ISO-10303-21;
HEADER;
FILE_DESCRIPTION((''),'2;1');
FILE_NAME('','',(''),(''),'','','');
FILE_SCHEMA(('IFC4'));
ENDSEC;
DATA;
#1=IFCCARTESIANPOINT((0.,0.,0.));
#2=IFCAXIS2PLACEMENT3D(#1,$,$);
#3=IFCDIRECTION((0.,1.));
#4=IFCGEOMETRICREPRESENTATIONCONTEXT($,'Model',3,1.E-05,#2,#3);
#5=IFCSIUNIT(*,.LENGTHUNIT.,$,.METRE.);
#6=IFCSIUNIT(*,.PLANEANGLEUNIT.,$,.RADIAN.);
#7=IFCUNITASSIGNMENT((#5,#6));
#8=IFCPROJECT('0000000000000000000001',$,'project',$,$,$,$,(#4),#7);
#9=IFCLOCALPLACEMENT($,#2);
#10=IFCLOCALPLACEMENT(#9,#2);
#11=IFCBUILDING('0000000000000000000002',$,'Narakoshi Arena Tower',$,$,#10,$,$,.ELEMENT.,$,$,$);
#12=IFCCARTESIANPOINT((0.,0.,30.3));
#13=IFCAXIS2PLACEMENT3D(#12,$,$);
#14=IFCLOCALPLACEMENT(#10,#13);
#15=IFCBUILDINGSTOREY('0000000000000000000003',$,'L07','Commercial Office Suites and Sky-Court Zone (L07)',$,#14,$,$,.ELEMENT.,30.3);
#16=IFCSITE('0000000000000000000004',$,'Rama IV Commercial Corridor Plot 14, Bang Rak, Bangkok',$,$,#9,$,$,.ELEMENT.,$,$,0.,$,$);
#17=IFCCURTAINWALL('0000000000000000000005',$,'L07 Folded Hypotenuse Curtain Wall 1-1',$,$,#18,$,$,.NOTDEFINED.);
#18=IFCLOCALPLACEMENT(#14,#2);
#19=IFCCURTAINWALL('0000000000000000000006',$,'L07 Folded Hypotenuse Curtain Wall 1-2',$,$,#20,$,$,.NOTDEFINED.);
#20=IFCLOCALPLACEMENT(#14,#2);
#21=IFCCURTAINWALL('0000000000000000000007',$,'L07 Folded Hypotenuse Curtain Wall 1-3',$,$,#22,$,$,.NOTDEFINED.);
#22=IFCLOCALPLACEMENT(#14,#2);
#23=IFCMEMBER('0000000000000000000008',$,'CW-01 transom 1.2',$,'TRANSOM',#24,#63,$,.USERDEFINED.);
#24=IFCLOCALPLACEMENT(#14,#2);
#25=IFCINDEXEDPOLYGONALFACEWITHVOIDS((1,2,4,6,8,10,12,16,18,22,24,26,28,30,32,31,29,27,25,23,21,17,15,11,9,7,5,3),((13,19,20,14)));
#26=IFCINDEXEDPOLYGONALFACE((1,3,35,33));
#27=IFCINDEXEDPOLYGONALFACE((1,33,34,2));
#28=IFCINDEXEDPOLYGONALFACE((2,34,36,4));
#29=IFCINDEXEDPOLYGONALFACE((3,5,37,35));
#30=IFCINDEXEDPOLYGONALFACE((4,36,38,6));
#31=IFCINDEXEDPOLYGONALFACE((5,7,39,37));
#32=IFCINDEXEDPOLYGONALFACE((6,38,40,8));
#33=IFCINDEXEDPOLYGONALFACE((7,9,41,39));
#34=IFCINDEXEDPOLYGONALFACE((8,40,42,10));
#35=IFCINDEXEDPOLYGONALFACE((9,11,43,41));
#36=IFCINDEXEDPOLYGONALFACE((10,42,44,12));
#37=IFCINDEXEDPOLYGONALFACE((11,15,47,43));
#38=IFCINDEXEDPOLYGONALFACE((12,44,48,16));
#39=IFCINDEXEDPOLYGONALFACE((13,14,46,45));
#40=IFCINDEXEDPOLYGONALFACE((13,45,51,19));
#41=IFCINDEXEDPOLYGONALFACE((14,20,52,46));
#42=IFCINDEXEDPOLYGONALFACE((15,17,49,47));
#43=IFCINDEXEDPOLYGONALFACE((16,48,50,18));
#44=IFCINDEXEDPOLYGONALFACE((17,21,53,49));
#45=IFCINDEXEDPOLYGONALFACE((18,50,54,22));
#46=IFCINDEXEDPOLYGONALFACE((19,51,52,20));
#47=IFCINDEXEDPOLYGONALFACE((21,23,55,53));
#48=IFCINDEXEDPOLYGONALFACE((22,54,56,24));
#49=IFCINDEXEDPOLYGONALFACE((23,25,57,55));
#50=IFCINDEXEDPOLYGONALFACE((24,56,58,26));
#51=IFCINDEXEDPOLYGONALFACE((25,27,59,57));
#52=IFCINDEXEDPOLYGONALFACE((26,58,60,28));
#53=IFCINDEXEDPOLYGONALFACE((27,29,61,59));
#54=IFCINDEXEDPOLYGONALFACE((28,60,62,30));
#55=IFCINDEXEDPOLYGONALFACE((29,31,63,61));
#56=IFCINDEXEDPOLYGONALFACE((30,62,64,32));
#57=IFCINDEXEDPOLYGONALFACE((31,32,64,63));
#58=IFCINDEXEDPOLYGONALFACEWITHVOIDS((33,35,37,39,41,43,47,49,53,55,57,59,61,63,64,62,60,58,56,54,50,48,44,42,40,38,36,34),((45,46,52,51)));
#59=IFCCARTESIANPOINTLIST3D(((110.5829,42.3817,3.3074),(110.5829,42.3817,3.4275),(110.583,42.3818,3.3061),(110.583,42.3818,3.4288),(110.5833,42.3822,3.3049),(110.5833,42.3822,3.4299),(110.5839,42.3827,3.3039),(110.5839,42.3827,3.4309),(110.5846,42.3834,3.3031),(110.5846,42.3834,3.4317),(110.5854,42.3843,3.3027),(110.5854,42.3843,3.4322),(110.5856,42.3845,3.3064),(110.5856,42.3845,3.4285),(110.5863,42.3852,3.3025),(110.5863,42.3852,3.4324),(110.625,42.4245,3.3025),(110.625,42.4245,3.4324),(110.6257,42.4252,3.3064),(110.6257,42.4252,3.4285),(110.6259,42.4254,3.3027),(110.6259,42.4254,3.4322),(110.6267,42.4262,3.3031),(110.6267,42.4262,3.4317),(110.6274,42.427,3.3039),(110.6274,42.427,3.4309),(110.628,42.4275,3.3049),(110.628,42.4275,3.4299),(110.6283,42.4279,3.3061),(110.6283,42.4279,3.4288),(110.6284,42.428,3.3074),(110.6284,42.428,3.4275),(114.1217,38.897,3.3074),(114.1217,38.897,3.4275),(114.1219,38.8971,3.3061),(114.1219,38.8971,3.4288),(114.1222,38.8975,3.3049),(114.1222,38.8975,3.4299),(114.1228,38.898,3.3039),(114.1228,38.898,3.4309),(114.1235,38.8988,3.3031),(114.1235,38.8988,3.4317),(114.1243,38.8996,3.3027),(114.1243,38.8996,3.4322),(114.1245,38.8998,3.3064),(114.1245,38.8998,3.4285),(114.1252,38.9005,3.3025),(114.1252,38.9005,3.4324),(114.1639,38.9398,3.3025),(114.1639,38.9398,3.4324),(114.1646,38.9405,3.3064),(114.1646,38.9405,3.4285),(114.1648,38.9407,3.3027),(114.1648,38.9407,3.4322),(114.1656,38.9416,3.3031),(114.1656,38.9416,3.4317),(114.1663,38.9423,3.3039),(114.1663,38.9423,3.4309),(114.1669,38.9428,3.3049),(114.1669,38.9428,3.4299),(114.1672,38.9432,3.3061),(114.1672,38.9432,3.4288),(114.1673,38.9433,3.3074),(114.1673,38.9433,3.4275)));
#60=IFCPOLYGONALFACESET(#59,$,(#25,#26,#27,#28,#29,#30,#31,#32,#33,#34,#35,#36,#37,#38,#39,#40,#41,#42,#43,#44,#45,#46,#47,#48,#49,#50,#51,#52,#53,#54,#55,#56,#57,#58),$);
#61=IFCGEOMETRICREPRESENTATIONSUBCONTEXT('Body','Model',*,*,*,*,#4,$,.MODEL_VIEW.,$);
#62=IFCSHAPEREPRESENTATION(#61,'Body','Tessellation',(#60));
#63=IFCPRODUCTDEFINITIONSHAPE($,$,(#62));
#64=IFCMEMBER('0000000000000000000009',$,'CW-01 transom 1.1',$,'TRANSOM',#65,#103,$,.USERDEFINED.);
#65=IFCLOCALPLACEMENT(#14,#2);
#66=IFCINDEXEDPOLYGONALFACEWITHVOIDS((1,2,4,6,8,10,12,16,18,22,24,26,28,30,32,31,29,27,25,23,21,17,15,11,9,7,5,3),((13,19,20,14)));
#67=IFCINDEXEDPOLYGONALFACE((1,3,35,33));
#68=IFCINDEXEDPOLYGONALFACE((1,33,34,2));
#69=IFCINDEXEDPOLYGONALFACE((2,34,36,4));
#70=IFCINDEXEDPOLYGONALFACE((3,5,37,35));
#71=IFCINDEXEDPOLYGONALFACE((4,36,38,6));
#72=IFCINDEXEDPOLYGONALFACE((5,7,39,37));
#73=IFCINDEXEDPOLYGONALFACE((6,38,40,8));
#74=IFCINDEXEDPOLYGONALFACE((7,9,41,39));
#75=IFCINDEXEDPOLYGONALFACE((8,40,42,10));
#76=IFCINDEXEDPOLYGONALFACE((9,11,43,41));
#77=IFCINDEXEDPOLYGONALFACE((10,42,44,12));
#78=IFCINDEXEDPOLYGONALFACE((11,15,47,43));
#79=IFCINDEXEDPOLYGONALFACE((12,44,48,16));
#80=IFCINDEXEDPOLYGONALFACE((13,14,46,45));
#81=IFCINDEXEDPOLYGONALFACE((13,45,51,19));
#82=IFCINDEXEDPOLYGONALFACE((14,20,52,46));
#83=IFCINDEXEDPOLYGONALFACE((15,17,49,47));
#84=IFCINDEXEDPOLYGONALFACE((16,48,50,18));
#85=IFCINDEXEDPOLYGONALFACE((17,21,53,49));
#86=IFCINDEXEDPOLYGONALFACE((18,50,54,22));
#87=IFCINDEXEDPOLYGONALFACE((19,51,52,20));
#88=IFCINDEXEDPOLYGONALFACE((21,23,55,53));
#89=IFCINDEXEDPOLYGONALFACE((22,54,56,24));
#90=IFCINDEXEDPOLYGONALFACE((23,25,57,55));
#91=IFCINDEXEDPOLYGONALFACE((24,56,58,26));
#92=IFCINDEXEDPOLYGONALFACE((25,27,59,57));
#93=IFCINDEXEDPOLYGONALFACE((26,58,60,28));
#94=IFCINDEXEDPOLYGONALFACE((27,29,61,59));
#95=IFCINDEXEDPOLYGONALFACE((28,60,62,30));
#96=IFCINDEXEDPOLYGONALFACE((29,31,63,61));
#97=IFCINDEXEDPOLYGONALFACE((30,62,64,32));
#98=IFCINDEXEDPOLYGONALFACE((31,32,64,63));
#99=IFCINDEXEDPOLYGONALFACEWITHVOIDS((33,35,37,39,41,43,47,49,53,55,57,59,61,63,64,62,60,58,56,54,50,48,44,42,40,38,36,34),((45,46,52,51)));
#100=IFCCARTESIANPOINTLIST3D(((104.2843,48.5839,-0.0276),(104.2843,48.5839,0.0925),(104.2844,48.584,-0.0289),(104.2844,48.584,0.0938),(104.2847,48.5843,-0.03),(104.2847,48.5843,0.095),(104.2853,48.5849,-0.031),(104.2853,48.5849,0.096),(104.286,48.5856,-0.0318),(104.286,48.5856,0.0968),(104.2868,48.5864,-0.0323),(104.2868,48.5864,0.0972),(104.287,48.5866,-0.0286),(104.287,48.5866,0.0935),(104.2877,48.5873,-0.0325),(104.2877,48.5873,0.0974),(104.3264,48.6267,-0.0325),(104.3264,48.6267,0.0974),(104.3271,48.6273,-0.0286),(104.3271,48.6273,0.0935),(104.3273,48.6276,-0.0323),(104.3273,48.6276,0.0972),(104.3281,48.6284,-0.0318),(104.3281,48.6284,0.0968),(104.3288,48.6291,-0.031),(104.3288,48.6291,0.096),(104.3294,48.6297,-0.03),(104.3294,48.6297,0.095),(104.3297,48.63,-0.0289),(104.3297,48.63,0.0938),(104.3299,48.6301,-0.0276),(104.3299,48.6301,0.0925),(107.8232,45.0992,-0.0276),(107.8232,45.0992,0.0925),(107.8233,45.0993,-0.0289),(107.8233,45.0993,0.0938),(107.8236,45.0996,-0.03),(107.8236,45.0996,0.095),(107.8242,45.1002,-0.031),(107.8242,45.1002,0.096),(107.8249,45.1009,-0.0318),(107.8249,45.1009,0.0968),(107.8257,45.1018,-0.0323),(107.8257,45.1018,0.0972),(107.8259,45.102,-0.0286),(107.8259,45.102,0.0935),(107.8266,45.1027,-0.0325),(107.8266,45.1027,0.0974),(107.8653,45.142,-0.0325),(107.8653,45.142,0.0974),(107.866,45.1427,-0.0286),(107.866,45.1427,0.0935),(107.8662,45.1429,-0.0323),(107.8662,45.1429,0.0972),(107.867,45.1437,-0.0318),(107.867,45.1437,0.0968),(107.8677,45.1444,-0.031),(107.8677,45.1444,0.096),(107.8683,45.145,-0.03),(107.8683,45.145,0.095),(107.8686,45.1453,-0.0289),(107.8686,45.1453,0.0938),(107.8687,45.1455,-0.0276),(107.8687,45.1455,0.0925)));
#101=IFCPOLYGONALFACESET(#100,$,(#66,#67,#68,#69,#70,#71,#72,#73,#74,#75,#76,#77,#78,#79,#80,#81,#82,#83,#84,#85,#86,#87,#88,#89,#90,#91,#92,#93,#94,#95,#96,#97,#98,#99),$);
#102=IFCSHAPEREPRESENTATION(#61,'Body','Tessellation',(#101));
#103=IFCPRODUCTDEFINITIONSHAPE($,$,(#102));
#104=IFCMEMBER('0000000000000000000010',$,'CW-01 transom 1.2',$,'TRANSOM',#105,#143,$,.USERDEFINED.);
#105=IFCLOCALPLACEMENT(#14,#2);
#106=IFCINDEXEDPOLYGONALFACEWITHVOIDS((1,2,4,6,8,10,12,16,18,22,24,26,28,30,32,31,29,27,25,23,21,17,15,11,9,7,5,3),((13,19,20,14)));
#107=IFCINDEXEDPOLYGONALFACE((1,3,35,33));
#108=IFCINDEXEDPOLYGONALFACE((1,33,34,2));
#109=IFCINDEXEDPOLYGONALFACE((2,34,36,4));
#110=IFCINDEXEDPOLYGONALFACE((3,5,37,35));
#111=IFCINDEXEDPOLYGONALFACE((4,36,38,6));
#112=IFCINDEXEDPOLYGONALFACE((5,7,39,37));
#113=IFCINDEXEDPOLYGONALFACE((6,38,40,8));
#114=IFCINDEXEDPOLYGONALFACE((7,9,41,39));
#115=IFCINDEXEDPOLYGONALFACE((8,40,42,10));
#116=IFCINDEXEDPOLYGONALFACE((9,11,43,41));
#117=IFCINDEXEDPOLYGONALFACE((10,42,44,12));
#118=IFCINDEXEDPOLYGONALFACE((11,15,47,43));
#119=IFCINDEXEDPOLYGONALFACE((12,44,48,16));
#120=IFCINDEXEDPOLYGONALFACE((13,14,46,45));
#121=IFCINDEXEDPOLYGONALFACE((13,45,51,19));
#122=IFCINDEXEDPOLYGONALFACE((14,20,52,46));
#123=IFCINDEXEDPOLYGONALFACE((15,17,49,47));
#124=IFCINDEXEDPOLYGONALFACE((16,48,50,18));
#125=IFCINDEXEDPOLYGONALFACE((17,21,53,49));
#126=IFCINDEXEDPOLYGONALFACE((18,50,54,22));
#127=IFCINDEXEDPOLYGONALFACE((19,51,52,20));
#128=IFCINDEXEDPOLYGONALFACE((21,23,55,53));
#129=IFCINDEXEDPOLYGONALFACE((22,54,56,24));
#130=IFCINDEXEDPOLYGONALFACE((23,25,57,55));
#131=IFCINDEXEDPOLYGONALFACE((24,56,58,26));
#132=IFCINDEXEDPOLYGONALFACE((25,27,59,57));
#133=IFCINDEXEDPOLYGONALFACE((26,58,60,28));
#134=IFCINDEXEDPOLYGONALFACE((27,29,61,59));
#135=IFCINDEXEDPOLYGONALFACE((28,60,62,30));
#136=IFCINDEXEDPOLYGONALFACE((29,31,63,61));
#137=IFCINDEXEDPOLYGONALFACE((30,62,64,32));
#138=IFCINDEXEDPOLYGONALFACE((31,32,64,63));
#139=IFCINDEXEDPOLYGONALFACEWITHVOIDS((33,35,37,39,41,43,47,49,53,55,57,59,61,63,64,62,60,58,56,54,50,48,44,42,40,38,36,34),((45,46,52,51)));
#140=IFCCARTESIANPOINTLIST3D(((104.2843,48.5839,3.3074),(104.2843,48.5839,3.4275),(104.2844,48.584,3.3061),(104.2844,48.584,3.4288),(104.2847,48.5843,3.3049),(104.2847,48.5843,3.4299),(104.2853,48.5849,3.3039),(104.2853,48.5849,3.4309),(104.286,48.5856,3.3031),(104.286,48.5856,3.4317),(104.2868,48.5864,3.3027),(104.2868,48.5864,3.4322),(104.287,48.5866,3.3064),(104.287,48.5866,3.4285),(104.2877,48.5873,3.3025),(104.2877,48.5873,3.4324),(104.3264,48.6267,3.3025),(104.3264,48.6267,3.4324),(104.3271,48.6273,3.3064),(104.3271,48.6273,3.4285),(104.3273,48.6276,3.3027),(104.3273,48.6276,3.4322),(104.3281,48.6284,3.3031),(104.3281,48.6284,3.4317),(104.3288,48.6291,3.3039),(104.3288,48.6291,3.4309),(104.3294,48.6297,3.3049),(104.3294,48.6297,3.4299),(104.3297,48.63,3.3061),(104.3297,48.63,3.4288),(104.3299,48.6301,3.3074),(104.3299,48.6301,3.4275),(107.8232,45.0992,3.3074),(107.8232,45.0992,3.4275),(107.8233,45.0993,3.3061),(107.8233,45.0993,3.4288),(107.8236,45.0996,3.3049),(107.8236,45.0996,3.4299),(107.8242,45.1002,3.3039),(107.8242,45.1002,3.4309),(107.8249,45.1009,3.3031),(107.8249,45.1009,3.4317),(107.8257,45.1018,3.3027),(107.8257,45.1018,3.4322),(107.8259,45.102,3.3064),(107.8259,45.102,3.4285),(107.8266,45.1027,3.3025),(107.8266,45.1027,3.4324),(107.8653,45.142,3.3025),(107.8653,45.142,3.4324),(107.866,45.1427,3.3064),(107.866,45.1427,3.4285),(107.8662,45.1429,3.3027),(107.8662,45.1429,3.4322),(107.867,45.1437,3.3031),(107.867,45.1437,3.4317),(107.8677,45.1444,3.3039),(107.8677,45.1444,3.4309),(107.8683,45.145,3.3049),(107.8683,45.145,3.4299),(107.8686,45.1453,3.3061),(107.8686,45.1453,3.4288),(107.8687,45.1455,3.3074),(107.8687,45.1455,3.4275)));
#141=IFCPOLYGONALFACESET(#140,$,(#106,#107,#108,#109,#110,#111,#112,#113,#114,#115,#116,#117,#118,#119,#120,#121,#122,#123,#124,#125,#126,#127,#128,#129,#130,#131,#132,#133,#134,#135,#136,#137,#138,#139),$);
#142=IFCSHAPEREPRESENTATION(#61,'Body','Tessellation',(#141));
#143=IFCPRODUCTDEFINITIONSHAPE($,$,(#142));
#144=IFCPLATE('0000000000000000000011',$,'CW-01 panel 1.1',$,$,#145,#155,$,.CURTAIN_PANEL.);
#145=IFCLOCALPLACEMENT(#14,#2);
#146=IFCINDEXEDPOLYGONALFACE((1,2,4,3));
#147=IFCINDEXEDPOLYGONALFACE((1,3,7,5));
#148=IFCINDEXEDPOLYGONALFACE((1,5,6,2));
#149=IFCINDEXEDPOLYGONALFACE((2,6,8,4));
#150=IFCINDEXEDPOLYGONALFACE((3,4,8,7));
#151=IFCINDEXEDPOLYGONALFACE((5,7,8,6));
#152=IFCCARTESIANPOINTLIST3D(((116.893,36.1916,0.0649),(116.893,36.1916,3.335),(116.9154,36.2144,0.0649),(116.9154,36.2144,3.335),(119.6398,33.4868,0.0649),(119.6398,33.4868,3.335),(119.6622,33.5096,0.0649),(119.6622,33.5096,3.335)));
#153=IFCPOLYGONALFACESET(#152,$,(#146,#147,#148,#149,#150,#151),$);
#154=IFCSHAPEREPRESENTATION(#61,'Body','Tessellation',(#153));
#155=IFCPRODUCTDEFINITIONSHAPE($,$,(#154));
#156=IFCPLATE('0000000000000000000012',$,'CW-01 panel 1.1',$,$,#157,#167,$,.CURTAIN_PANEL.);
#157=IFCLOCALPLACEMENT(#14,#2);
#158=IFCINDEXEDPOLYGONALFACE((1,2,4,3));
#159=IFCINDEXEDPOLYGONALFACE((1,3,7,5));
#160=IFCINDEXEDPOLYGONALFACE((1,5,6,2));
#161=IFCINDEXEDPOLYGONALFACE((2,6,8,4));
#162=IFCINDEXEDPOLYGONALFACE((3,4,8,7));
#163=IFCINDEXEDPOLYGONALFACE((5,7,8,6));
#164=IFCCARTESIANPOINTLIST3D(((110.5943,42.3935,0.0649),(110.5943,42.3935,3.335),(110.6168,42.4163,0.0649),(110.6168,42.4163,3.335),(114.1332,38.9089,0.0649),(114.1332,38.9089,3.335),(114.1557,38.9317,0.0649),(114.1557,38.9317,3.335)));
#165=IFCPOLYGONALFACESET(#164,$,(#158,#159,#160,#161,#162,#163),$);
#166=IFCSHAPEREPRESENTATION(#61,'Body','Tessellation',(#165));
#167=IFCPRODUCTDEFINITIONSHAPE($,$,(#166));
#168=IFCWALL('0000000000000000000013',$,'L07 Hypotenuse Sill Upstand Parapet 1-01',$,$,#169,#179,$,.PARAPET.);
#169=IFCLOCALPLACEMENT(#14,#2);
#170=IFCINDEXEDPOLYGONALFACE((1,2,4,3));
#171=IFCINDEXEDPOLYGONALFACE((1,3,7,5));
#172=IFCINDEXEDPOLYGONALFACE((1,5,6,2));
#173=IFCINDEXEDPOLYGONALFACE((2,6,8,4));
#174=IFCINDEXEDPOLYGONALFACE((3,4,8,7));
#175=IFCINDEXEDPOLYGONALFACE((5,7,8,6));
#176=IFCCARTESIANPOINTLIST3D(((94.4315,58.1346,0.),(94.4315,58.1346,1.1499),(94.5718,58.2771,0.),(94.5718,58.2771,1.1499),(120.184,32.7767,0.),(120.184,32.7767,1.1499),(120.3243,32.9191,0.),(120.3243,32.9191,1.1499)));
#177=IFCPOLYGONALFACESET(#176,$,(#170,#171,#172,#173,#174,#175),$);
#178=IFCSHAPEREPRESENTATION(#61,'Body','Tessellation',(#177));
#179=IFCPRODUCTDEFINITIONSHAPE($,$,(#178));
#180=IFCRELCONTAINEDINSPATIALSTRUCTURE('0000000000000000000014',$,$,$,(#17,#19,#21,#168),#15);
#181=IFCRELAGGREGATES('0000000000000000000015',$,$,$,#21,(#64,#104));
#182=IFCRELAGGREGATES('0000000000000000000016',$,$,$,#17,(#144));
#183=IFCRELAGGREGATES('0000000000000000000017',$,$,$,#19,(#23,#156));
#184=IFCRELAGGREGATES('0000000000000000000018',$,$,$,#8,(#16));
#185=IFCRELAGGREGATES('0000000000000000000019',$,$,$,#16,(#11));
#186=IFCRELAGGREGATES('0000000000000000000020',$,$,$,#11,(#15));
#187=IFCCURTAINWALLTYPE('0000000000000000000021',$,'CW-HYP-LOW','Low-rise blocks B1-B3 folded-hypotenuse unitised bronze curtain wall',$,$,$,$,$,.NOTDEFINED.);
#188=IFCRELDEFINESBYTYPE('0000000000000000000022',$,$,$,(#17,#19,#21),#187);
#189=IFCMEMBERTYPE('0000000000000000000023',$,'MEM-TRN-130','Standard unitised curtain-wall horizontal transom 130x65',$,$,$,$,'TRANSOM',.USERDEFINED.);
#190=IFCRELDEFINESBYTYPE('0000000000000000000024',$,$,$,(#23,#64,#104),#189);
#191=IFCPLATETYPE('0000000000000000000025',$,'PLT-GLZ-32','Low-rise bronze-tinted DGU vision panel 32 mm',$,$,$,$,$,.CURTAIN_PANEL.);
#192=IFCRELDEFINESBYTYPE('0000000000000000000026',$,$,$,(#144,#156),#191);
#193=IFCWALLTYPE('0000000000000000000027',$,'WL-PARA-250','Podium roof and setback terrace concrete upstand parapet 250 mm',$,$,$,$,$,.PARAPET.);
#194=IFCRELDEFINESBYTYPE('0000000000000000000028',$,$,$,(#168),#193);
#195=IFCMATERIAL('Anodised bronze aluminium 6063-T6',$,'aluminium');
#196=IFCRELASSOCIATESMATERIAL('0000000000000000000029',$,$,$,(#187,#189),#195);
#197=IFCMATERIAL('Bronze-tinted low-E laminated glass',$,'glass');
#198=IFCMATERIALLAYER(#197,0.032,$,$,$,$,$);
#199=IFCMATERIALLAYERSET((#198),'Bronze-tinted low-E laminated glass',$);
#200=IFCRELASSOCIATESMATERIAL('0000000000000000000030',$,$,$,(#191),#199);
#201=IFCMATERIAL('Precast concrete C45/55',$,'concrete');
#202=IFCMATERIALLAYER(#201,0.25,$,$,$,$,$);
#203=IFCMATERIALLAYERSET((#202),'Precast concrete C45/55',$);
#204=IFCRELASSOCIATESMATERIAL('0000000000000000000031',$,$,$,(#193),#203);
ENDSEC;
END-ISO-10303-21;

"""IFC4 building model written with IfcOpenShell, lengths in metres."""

from ifc_helpers import new_model, si_unit, direction, frame, frame_2d, origin, origin_2d, place, context, subcontext, project, spatial, rectangle, hollow_rectangle, extrude, material, layer, layer_set, material_profile, profile_set, type_object, element, aggregate, save


model = new_model("IFC4")

# Units and contexts
model_context = context("Model", 3, precision=1e-05, world=origin(), true_north=direction((0.0, 1.0)))
body_context = subcontext(model_context, "Body", "Model", "MODEL_VIEW")
ifc_project = project(units=[si_unit("LENGTHUNIT", "METRE"), si_unit("PLANEANGLEUNIT", "RADIAN")], contexts=[model_context])

# Site, building, storey
site_placement = place(None, origin())
site = spatial("IfcSite", under=ifc_project, at=site_placement, Name="Rama IV Commercial Corridor Plot 14, Bang Rak, Bangkok", CompositionType="ELEMENT", RefElevation=0.0)
building_placement = place(site_placement, origin())
building = spatial("IfcBuilding", under=site, at=building_placement, Name="Narakoshi Arena Tower", CompositionType="ELEMENT")
storey_placement = place(building_placement, frame((0.0, 0.0, 30.3)))
storey = spatial("IfcBuildingStorey", under=building, at=storey_placement, Name="L07", Description="Commercial Office Suites and Sky-Court Zone (L07)", CompositionType="ELEMENT", Elevation=30.3)

# Curtain walls
ifc_material_1 = material(Name="Anodised bronze aluminium 6063-T6", Category="aluminium")
curtain_wall_type = type_object("IfcCurtainWallType", Name="CW-HYP-LOW", Description="Low-rise blocks B1-B3 folded-hypotenuse unitised bronze curtain wall", PredefinedType="NOTDEFINED", material=ifc_material_1)
curtain_wall_1_placement = place(storey_placement, origin())
curtain_wall_1 = element("IfcCurtainWall", 1, at=curtain_wall_1_placement, inside=storey, type_object=curtain_wall_type, Name="L07 Folded Hypotenuse Curtain Wall 1-1", PredefinedType="NOTDEFINED")
curtain_wall_2_placement = place(storey_placement, origin())
curtain_wall_2 = element("IfcCurtainWall", 2, at=curtain_wall_2_placement, inside=storey, type_object=curtain_wall_type, Name="L07 Folded Hypotenuse Curtain Wall 1-2", PredefinedType="NOTDEFINED")

# Curtain wall
curtain_wall_3_placement = place(storey_placement, origin())
curtain_wall_3 = element("IfcCurtainWall", 3, at=curtain_wall_3_placement, inside=storey, type_object=curtain_wall_type, Name="L07 Folded Hypotenuse Curtain Wall 1-3", PredefinedType="NOTDEFINED")

# Members
ifc_material_profile_1 = material_profile(ifc_material_1, hollow_rectangle(XDim=0.0649, YDim=0.1299, WallThickness=0.0039, OuterFilletRadius=0.0049, at=origin_2d()), Name="TRN130x65x4")
ifc_profile_set_1 = profile_set([ifc_material_profile_1], Name="Anodised bronze aluminium 6063-T6")
member_type_1 = type_object("IfcMemberType", Name="MEM-TRN-130", Description="Standard unitised curtain-wall horizontal transom 130x65", ElementType="TRANSOM", PredefinedType="USERDEFINED", material=ifc_profile_set_1)
member_1_placement = place(storey_placement, frame((114.1445, 38.9202, 3.3674), z_axis=(-0.712542, 0.701629, 0.0), x_axis=(-0.701629, -0.712542, 0.0)))
member_1 = element("IfcMember", 4, at=member_1_placement, type_object=member_type_1, Name="CW-01 transom 1.2", ObjectType="TRANSOM", PredefinedType="USERDEFINED", context=body_context, shape_type="SweptSolid", body=[
    extrude(hollow_rectangle(XDim=0.0649, YDim=0.1299, WallThickness=0.0039, OuterFilletRadius=0.0049, at=origin_2d()), origin(), (0.0, 0.0, 1.0), 4.9666),
])
member_2_placement = place(storey_placement, frame((107.8459, 45.1223, 0.0325), z_axis=(-0.712542, 0.701629, 0.0), x_axis=(-0.701629, -0.712542, 0.0)))
member_2 = element("IfcMember", 5, at=member_2_placement, type_object=member_type_1, Name="CW-01 transom 1.1", ObjectType="TRANSOM", PredefinedType="USERDEFINED", context=body_context, shape_type="SweptSolid", body=[
    extrude(hollow_rectangle(XDim=0.0649, YDim=0.1299, WallThickness=0.0039, OuterFilletRadius=0.0049, at=origin_2d()), origin(), (0.0, 0.0, 1.0), 4.9666),
])
member_3_placement = place(storey_placement, frame((107.8459, 45.1223, 3.3674), z_axis=(-0.712542, 0.701629, 0.0), x_axis=(-0.701629, -0.712542, 0.0)))
member_3 = element("IfcMember", 6, at=member_3_placement, type_object=member_type_1, Name="CW-01 transom 1.2", ObjectType="TRANSOM", PredefinedType="USERDEFINED", context=body_context, shape_type="SweptSolid", body=[
    extrude(hollow_rectangle(XDim=0.0649, YDim=0.1299, WallThickness=0.0039, OuterFilletRadius=0.0049, at=origin_2d()), origin(), (0.0, 0.0, 1.0), 4.9666),
])
aggregate(curtain_wall_3, [member_2, member_3])

# Plates
ifc_material_2 = material(Name="Bronze-tinted low-E laminated glass", Category="glass")
ifc_layer_1 = layer(ifc_material_2, 0.032)
ifc_layer_set_1 = layer_set([ifc_layer_1], Name="Bronze-tinted low-E laminated glass")
plate_type = type_object("IfcPlateType", Name="PLT-GLZ-32", Description="Low-rise bronze-tinted DGU vision panel 32 mm", PredefinedType="CURTAIN_PANEL", material=ifc_layer_set_1)
plate_1_placement = place(storey_placement, frame((118.2776, 34.8506, 0.0649), z_axis=(0.0, 0.0, 1.0), x_axis=(-0.712541, 0.70163, 0.0)))
plate_1 = element("IfcPlate", 7, at=plate_1_placement, type_object=plate_type, Name="CW-01 panel 1.1", PredefinedType="CURTAIN_PANEL", context=body_context, shape_type="SweptSolid", body=[
    extrude(rectangle(XDim=3.855, YDim=0.032, at=origin_2d()), origin(), (0.0, 0.0, 1.0), 3.27),
])
aggregate(curtain_wall_1, [plate_1])
plate_2_placement = place(storey_placement, frame((112.375, 40.6626, 0.0649), z_axis=(0.0, 0.0, 1.0), x_axis=(-0.712548, 0.701623, 0.0)))
plate_2 = element("IfcPlate", 8, at=plate_2_placement, type_object=plate_type, Name="CW-01 panel 1.1", PredefinedType="CURTAIN_PANEL", context=body_context, shape_type="SweptSolid", body=[
    extrude(rectangle(XDim=4.9666, YDim=0.032, at=origin_2d()), origin(), (0.0, 0.0, 1.0), 3.27),
])
aggregate(curtain_wall_2, [member_1, plate_2])

# Wall
ifc_material_3 = material(Name="Precast concrete C45/55", Category="concrete")
ifc_layer_2 = layer(ifc_material_3, 0.25)
ifc_layer_set_2 = layer_set([ifc_layer_2], Name="Precast concrete C45/55")
wall_type_1 = type_object("IfcWallType", Name="WL-PARA-250", Description="Podium roof and setback terrace concrete upstand parapet 250 mm", PredefinedType="PARAPET", material=ifc_layer_set_2)
wall_1_placement = place(storey_placement, frame((120.2542, 32.8479, 0.0), z_axis=(0.0, 0.0, 1.0), x_axis=(-0.712544, 0.701628, 0.0)))
element("IfcWall", 9, at=wall_1_placement, inside=storey, type_object=wall_type_1, Name="L07 Hypotenuse Sill Upstand Parapet 1-01", PredefinedType="PARAPET", context=body_context, shape_type="SweptSolid", body=[
    extrude(rectangle(XDim=36.1416, YDim=0.2, at=frame_2d((18.0708, 0.0))), origin(), (0.0, 0.0, 1.0), 1.1499),
])

save(model, "model.ifc")
